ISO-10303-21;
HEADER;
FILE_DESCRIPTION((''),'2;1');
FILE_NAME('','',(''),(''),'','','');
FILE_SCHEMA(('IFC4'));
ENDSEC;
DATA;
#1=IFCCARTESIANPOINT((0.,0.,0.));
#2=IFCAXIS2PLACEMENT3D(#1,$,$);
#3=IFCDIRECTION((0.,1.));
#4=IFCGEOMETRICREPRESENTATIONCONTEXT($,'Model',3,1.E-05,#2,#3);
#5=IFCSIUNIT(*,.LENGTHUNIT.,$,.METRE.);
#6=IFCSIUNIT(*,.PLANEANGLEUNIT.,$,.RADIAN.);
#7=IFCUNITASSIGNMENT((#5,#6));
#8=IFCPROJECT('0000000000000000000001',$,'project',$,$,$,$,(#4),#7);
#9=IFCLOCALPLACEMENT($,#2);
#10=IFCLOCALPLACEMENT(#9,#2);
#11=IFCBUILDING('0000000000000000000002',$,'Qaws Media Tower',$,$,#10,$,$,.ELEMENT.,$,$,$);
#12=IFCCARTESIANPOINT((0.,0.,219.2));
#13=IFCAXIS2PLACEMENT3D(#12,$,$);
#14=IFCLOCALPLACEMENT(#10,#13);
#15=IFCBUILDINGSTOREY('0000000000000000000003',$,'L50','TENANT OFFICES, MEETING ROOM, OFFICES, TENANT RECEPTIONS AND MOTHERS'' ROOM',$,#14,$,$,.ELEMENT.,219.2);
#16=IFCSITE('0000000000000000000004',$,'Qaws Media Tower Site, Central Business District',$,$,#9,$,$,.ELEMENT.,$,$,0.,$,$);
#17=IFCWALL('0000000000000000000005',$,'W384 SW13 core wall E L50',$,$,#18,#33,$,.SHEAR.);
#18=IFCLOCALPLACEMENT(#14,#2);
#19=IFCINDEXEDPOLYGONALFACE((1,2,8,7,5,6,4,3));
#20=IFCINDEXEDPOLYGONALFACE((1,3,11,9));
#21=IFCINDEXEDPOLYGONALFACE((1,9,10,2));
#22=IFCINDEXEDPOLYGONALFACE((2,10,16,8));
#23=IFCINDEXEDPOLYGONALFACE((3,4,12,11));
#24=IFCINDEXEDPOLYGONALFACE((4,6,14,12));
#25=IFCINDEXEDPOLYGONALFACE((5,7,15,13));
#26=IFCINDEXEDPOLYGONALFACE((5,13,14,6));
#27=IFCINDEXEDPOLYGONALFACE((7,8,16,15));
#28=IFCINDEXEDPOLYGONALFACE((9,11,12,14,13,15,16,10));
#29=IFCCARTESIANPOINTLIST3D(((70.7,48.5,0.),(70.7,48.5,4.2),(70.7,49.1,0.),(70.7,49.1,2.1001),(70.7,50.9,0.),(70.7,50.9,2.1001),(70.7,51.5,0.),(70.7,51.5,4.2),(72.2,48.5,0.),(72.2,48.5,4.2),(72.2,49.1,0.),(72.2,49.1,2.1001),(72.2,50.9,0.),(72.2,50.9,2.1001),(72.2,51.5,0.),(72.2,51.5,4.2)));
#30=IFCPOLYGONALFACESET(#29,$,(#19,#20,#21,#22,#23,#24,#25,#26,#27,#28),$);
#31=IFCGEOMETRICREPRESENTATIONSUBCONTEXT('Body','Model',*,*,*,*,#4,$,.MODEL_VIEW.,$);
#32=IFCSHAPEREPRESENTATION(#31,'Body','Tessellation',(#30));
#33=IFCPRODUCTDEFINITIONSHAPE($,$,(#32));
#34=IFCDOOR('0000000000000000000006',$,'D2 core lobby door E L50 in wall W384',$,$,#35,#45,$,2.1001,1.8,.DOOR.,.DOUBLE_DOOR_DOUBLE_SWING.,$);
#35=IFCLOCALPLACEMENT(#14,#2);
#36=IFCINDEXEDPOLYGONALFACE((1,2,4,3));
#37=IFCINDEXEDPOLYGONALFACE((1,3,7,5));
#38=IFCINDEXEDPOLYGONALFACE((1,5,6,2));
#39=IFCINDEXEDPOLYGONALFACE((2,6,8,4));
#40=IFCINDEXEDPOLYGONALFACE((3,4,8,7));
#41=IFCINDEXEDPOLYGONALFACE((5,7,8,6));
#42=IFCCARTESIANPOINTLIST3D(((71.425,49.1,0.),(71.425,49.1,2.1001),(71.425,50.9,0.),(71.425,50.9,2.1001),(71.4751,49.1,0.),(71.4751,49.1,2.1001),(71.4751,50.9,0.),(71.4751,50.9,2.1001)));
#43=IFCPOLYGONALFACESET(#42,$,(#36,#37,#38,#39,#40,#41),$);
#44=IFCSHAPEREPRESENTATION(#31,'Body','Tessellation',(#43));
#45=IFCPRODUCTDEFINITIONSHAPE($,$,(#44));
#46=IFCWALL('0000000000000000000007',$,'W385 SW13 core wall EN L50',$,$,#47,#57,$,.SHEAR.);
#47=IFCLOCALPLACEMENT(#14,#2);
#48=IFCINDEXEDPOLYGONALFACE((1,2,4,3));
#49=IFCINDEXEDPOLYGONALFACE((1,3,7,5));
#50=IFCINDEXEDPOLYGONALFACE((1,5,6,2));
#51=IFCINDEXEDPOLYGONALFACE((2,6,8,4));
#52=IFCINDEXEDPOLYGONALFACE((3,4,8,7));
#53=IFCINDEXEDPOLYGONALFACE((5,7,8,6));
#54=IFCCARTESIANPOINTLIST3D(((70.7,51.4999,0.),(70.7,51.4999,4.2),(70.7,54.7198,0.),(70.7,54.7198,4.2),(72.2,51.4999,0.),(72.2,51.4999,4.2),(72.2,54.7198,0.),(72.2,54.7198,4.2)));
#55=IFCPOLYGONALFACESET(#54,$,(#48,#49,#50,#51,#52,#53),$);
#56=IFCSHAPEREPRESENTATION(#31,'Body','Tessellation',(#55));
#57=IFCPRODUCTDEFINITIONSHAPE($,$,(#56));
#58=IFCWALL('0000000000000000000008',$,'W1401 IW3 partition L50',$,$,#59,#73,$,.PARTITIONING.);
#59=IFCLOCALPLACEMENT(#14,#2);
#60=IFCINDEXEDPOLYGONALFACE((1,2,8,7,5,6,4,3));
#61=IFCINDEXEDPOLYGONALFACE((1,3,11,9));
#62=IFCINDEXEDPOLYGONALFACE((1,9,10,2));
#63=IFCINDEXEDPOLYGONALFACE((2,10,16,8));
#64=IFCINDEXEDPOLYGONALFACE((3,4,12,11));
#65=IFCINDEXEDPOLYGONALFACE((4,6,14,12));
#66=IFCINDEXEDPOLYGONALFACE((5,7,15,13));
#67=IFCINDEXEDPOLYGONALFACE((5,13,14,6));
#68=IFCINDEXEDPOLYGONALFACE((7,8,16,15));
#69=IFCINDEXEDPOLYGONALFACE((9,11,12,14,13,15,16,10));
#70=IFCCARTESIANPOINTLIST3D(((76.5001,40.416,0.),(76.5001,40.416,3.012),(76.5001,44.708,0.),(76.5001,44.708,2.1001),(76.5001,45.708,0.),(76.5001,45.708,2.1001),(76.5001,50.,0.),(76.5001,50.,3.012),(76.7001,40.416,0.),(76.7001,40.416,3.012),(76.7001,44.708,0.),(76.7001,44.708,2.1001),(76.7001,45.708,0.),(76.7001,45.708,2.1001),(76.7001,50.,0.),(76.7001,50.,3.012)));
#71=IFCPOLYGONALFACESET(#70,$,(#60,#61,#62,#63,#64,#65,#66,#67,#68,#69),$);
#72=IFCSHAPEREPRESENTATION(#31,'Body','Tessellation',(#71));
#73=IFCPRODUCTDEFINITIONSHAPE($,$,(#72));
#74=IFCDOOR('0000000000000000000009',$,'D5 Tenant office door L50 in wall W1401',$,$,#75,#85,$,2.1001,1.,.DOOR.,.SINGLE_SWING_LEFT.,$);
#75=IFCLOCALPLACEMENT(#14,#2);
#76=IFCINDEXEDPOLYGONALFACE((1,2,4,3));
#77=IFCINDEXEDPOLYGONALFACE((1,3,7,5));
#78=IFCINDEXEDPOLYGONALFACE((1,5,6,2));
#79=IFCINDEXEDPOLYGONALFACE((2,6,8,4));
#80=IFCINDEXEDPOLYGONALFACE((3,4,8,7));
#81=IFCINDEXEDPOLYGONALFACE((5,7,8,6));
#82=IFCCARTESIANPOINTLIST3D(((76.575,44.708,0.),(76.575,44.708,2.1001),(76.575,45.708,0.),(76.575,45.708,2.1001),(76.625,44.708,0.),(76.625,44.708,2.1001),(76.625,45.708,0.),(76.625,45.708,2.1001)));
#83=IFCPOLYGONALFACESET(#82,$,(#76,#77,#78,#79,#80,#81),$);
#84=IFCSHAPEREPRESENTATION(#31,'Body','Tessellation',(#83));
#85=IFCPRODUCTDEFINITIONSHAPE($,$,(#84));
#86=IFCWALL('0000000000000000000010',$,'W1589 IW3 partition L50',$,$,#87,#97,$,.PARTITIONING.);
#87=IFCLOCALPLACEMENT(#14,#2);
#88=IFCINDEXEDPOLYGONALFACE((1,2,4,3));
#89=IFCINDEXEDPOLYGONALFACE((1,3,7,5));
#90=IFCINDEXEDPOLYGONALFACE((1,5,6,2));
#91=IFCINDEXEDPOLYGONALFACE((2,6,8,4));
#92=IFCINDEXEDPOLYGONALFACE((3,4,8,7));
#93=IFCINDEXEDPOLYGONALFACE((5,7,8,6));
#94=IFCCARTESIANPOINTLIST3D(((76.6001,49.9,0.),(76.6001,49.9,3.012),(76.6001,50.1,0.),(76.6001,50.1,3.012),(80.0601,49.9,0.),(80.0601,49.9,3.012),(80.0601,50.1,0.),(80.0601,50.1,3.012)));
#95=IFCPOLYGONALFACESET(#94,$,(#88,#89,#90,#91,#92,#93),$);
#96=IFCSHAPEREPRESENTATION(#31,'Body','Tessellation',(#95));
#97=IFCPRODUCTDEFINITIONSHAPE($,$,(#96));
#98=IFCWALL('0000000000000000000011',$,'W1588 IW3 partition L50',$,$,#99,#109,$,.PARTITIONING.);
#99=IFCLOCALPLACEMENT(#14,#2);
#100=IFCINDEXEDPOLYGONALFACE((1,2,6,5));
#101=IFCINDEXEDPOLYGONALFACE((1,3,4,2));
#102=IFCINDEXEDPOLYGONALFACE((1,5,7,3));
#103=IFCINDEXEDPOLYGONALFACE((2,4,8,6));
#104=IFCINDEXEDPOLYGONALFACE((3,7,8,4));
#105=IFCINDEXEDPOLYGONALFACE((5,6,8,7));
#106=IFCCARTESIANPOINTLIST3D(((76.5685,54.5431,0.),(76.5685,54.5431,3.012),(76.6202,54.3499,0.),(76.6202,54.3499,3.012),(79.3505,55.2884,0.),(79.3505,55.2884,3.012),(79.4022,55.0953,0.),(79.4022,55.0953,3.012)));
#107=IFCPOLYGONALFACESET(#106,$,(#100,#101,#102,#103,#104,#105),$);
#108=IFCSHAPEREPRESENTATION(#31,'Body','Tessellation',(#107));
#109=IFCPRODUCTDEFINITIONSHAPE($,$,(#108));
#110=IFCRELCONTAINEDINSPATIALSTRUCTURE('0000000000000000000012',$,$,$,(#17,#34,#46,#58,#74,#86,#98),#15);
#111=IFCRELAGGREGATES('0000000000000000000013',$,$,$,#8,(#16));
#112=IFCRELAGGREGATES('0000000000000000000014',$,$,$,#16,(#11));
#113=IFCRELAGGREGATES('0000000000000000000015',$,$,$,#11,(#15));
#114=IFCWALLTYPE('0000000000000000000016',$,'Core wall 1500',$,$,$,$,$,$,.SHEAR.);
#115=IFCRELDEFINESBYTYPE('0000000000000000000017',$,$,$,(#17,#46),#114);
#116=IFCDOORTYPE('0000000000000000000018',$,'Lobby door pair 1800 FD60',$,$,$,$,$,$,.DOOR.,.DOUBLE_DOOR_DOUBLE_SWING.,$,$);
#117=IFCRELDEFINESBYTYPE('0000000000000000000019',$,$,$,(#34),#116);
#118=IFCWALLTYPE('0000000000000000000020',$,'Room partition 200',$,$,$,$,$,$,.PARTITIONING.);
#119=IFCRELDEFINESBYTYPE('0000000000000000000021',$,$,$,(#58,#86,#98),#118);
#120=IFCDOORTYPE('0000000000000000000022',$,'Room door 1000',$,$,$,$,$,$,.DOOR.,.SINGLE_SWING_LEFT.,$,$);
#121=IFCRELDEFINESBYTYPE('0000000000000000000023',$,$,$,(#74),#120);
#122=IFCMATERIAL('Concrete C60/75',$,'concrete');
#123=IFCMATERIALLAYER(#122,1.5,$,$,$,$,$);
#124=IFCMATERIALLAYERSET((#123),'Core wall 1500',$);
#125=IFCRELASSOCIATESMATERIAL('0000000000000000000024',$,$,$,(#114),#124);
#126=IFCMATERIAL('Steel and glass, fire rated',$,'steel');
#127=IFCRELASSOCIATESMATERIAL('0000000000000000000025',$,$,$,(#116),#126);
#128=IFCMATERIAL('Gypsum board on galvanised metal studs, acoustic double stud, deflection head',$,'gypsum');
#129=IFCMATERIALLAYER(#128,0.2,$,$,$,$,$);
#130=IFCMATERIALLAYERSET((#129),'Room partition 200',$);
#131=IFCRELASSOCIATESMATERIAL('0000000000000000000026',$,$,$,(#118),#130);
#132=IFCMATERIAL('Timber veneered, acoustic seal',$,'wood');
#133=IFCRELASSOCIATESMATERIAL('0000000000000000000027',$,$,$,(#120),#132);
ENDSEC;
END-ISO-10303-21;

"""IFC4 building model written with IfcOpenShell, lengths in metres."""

from ifc_helpers import new_model, si_unit, direction, frame, frame_2d, origin, place, context, subcontext, project, spatial, rectangle, extrude, material, layer, layer_set, type_object, element, fill, save


model = new_model("IFC4")

# Units and contexts
model_context = context("Model", 3, precision=1e-05, world=origin(), true_north=direction((0.0, 1.0)))
body_context = subcontext(model_context, "Body", "Model", "MODEL_VIEW")
ifc_project = project(units=[si_unit("LENGTHUNIT", "METRE"), si_unit("PLANEANGLEUNIT", "RADIAN")], contexts=[model_context])

# Site, building, storey
site_placement = place(None, origin())
site = spatial("IfcSite", under=ifc_project, at=site_placement, Name="Qaws Media Tower Site, Central Business District", CompositionType="ELEMENT", RefElevation=0.0)
building_placement = place(site_placement, origin())
building = spatial("IfcBuilding", under=site, at=building_placement, Name="Qaws Media Tower", CompositionType="ELEMENT")
storey_placement = place(building_placement, frame((0.0, 0.0, 219.2)))
storey = spatial("IfcBuildingStorey", under=building, at=storey_placement, Name="L50", Description="TENANT OFFICES, MEETING ROOM, OFFICES, TENANT RECEPTIONS AND MOTHERS' ROOM", CompositionType="ELEMENT", Elevation=219.2)

# Wall, opening, door
ifc_material_1 = material(Name="Concrete C60/75", Category="concrete")
ifc_layer_1 = layer(ifc_material_1, 1.5)
ifc_layer_set_1 = layer_set([ifc_layer_1], Name="Core wall 1500")
wall_type_1 = type_object("IfcWallType", Name="Core wall 1500", PredefinedType="SHEAR", material=ifc_layer_set_1)
wall_1_placement = place(storey_placement, frame((71.45, 48.5, 0.0), z_axis=(0.0, 0.0, 1.0), x_axis=(0.0, 1.0, 0.0)))
wall_1 = element("IfcWall", 1, at=wall_1_placement, inside=storey, type_object=wall_type_1, Name="W384 SW13 core wall E L50", PredefinedType="SHEAR", context=body_context, shape_type="SweptSolid", body=[
    extrude(rectangle(XDim=3.0, YDim=1.5, at=frame_2d((1.5, 0.0))), origin(), (0.0, 0.0, 1.0), 4.2),
])
opening_1_placement = place(wall_1_placement, frame((0.6001, 0.0, 0.0)))
opening_1 = element("IfcOpeningElement", 2, at=opening_1_placement, cuts=wall_1, PredefinedType="OPENING", context=body_context, shape_type="SweptSolid", body=[
    extrude(rectangle(XDim=1.8, YDim=2.1001, at=frame_2d((0.8999, 1.05))), frame((0.0, 0.76, 0.0), z_axis=(0.0, -1.0, 0.0), x_axis=(1.0, 0.0, 0.0)), (0.0, 0.0, 1.0), 1.52),
])
ifc_material_2 = material(Name="Steel and glass, fire rated", Category="steel")
door_type_1 = type_object("IfcDoorType", Name="Lobby door pair 1800 FD60", OperationType="DOUBLE_DOOR_DOUBLE_SWING", PredefinedType="DOOR", material=ifc_material_2)
door_1_placement = place(opening_1_placement, origin())
door_1 = element("IfcDoor", 3, at=door_1_placement, inside=storey, type_object=door_type_1, Name="D2 core lobby door E L50 in wall W384", OperationType="DOUBLE_DOOR_DOUBLE_SWING", OverallHeight=2.1001, OverallWidth=1.8, PredefinedType="DOOR", context=body_context, shape_type="SweptSolid", body=[
    extrude(rectangle(XDim=1.8, YDim=2.1001, at=frame_2d((0.8999, 1.05))), frame((0.0, 0.0249, 0.0), z_axis=(0.0, -1.0, 0.0), x_axis=(1.0, 0.0, 0.0)), (0.0, 0.0, 1.0), 0.05),
])
fill(opening_1, door_1)

# Wall
wall_2_placement = place(storey_placement, frame((71.45, 51.5, 0.0), z_axis=(0.0, 0.0, 1.0), x_axis=(0.0, 1.0, 0.0)))
element("IfcWall", 4, at=wall_2_placement, inside=storey, type_object=wall_type_1, Name="W385 SW13 core wall EN L50", PredefinedType="SHEAR", context=body_context, shape_type="SweptSolid", body=[
    extrude(rectangle(XDim=3.22, YDim=1.5, at=frame_2d((1.6099, 0.0))), origin(), (0.0, 0.0, 1.0), 4.2),
])

# Wall, opening, door
ifc_material_3 = material(Name="Gypsum board on galvanised metal studs, acoustic double stud, deflection head", Category="gypsum")
ifc_layer_2 = layer(ifc_material_3, 0.2)
ifc_layer_set_2 = layer_set([ifc_layer_2], Name="Room partition 200")
wall_type_2 = type_object("IfcWallType", Name="Room partition 200", PredefinedType="PARTITIONING", material=ifc_layer_set_2)
wall_3_placement = place(storey_placement, frame((76.6001, 50.0, 0.0), z_axis=(0.0, 0.0, 1.0), x_axis=(0.0, -1.0, 0.0)))
wall_3 = element("IfcWall", 5, at=wall_3_placement, inside=storey, type_object=wall_type_2, Name="W1401 IW3 partition L50", PredefinedType="PARTITIONING", context=body_context, shape_type="SweptSolid", body=[
    extrude(rectangle(XDim=9.584, YDim=0.2, at=frame_2d((4.792, 0.0))), origin(), (0.0, 0.0, 1.0), 3.012),
])
opening_2_placement = place(wall_3_placement, frame((4.292, 0.0, 0.0)))
opening_2 = element("IfcOpeningElement", 6, at=opening_2_placement, cuts=wall_3, PredefinedType="OPENING", context=body_context, shape_type="SweptSolid", body=[
    extrude(rectangle(XDim=1.0, YDim=2.1001, at=frame_2d((0.5, 1.05))), frame((0.0, 0.1099, 0.0), z_axis=(0.0, -1.0, 0.0), x_axis=(1.0, 0.0, 0.0)), (0.0, 0.0, 1.0), 0.22),
])
ifc_material_4 = material(Name="Timber veneered, acoustic seal", Category="wood")
door_type_2 = type_object("IfcDoorType", Name="Room door 1000", OperationType="SINGLE_SWING_LEFT", PredefinedType="DOOR", material=ifc_material_4)
door_2_placement = place(opening_2_placement, origin())
door_2 = element("IfcDoor", 7, at=door_2_placement, inside=storey, type_object=door_type_2, Name="D5 Tenant office door L50 in wall W1401", OperationType="SINGLE_SWING_LEFT", OverallHeight=2.1001, OverallWidth=1.0, PredefinedType="DOOR", context=body_context, shape_type="SweptSolid", body=[
    extrude(rectangle(XDim=1.0, YDim=2.1001, at=frame_2d((0.5, 1.05))), frame((0.0, 0.0249, 0.0), z_axis=(0.0, -1.0, 0.0), x_axis=(1.0, 0.0, 0.0)), (0.0, 0.0, 1.0), 0.05),
])
fill(opening_2, door_2)

# Walls
wall_4_placement = place(storey_placement, frame((76.6001, 50.0, 0.0), z_axis=(0.0, 0.0, 1.0), x_axis=(1.0, 0.0, 0.0)))
element("IfcWall", 8, at=wall_4_placement, inside=storey, type_object=wall_type_2, Name="W1589 IW3 partition L50", PredefinedType="PARTITIONING", context=body_context, shape_type="SweptSolid", body=[
    extrude(rectangle(XDim=3.46, YDim=0.2, at=frame_2d((1.73, 0.0))), origin(), (0.0, 0.0, 1.0), 3.012),
])
wall_5_placement = place(storey_placement, frame((76.5945, 54.4465, 0.0), z_axis=(0.0, 0.0, 1.0), x_axis=(0.965932, 0.258797, 0.0)))
element("IfcWall", 9, at=wall_5_placement, inside=storey, type_object=wall_type_2, Name="W1588 IW3 partition L50", PredefinedType="PARTITIONING", context=body_context, shape_type="SweptSolid", body=[
    extrude(rectangle(XDim=2.8801, YDim=0.2, at=frame_2d((1.4399, 0.0))), origin(), (0.0, 0.0, 1.0), 3.012),
])

save(model, "model.ifc")
